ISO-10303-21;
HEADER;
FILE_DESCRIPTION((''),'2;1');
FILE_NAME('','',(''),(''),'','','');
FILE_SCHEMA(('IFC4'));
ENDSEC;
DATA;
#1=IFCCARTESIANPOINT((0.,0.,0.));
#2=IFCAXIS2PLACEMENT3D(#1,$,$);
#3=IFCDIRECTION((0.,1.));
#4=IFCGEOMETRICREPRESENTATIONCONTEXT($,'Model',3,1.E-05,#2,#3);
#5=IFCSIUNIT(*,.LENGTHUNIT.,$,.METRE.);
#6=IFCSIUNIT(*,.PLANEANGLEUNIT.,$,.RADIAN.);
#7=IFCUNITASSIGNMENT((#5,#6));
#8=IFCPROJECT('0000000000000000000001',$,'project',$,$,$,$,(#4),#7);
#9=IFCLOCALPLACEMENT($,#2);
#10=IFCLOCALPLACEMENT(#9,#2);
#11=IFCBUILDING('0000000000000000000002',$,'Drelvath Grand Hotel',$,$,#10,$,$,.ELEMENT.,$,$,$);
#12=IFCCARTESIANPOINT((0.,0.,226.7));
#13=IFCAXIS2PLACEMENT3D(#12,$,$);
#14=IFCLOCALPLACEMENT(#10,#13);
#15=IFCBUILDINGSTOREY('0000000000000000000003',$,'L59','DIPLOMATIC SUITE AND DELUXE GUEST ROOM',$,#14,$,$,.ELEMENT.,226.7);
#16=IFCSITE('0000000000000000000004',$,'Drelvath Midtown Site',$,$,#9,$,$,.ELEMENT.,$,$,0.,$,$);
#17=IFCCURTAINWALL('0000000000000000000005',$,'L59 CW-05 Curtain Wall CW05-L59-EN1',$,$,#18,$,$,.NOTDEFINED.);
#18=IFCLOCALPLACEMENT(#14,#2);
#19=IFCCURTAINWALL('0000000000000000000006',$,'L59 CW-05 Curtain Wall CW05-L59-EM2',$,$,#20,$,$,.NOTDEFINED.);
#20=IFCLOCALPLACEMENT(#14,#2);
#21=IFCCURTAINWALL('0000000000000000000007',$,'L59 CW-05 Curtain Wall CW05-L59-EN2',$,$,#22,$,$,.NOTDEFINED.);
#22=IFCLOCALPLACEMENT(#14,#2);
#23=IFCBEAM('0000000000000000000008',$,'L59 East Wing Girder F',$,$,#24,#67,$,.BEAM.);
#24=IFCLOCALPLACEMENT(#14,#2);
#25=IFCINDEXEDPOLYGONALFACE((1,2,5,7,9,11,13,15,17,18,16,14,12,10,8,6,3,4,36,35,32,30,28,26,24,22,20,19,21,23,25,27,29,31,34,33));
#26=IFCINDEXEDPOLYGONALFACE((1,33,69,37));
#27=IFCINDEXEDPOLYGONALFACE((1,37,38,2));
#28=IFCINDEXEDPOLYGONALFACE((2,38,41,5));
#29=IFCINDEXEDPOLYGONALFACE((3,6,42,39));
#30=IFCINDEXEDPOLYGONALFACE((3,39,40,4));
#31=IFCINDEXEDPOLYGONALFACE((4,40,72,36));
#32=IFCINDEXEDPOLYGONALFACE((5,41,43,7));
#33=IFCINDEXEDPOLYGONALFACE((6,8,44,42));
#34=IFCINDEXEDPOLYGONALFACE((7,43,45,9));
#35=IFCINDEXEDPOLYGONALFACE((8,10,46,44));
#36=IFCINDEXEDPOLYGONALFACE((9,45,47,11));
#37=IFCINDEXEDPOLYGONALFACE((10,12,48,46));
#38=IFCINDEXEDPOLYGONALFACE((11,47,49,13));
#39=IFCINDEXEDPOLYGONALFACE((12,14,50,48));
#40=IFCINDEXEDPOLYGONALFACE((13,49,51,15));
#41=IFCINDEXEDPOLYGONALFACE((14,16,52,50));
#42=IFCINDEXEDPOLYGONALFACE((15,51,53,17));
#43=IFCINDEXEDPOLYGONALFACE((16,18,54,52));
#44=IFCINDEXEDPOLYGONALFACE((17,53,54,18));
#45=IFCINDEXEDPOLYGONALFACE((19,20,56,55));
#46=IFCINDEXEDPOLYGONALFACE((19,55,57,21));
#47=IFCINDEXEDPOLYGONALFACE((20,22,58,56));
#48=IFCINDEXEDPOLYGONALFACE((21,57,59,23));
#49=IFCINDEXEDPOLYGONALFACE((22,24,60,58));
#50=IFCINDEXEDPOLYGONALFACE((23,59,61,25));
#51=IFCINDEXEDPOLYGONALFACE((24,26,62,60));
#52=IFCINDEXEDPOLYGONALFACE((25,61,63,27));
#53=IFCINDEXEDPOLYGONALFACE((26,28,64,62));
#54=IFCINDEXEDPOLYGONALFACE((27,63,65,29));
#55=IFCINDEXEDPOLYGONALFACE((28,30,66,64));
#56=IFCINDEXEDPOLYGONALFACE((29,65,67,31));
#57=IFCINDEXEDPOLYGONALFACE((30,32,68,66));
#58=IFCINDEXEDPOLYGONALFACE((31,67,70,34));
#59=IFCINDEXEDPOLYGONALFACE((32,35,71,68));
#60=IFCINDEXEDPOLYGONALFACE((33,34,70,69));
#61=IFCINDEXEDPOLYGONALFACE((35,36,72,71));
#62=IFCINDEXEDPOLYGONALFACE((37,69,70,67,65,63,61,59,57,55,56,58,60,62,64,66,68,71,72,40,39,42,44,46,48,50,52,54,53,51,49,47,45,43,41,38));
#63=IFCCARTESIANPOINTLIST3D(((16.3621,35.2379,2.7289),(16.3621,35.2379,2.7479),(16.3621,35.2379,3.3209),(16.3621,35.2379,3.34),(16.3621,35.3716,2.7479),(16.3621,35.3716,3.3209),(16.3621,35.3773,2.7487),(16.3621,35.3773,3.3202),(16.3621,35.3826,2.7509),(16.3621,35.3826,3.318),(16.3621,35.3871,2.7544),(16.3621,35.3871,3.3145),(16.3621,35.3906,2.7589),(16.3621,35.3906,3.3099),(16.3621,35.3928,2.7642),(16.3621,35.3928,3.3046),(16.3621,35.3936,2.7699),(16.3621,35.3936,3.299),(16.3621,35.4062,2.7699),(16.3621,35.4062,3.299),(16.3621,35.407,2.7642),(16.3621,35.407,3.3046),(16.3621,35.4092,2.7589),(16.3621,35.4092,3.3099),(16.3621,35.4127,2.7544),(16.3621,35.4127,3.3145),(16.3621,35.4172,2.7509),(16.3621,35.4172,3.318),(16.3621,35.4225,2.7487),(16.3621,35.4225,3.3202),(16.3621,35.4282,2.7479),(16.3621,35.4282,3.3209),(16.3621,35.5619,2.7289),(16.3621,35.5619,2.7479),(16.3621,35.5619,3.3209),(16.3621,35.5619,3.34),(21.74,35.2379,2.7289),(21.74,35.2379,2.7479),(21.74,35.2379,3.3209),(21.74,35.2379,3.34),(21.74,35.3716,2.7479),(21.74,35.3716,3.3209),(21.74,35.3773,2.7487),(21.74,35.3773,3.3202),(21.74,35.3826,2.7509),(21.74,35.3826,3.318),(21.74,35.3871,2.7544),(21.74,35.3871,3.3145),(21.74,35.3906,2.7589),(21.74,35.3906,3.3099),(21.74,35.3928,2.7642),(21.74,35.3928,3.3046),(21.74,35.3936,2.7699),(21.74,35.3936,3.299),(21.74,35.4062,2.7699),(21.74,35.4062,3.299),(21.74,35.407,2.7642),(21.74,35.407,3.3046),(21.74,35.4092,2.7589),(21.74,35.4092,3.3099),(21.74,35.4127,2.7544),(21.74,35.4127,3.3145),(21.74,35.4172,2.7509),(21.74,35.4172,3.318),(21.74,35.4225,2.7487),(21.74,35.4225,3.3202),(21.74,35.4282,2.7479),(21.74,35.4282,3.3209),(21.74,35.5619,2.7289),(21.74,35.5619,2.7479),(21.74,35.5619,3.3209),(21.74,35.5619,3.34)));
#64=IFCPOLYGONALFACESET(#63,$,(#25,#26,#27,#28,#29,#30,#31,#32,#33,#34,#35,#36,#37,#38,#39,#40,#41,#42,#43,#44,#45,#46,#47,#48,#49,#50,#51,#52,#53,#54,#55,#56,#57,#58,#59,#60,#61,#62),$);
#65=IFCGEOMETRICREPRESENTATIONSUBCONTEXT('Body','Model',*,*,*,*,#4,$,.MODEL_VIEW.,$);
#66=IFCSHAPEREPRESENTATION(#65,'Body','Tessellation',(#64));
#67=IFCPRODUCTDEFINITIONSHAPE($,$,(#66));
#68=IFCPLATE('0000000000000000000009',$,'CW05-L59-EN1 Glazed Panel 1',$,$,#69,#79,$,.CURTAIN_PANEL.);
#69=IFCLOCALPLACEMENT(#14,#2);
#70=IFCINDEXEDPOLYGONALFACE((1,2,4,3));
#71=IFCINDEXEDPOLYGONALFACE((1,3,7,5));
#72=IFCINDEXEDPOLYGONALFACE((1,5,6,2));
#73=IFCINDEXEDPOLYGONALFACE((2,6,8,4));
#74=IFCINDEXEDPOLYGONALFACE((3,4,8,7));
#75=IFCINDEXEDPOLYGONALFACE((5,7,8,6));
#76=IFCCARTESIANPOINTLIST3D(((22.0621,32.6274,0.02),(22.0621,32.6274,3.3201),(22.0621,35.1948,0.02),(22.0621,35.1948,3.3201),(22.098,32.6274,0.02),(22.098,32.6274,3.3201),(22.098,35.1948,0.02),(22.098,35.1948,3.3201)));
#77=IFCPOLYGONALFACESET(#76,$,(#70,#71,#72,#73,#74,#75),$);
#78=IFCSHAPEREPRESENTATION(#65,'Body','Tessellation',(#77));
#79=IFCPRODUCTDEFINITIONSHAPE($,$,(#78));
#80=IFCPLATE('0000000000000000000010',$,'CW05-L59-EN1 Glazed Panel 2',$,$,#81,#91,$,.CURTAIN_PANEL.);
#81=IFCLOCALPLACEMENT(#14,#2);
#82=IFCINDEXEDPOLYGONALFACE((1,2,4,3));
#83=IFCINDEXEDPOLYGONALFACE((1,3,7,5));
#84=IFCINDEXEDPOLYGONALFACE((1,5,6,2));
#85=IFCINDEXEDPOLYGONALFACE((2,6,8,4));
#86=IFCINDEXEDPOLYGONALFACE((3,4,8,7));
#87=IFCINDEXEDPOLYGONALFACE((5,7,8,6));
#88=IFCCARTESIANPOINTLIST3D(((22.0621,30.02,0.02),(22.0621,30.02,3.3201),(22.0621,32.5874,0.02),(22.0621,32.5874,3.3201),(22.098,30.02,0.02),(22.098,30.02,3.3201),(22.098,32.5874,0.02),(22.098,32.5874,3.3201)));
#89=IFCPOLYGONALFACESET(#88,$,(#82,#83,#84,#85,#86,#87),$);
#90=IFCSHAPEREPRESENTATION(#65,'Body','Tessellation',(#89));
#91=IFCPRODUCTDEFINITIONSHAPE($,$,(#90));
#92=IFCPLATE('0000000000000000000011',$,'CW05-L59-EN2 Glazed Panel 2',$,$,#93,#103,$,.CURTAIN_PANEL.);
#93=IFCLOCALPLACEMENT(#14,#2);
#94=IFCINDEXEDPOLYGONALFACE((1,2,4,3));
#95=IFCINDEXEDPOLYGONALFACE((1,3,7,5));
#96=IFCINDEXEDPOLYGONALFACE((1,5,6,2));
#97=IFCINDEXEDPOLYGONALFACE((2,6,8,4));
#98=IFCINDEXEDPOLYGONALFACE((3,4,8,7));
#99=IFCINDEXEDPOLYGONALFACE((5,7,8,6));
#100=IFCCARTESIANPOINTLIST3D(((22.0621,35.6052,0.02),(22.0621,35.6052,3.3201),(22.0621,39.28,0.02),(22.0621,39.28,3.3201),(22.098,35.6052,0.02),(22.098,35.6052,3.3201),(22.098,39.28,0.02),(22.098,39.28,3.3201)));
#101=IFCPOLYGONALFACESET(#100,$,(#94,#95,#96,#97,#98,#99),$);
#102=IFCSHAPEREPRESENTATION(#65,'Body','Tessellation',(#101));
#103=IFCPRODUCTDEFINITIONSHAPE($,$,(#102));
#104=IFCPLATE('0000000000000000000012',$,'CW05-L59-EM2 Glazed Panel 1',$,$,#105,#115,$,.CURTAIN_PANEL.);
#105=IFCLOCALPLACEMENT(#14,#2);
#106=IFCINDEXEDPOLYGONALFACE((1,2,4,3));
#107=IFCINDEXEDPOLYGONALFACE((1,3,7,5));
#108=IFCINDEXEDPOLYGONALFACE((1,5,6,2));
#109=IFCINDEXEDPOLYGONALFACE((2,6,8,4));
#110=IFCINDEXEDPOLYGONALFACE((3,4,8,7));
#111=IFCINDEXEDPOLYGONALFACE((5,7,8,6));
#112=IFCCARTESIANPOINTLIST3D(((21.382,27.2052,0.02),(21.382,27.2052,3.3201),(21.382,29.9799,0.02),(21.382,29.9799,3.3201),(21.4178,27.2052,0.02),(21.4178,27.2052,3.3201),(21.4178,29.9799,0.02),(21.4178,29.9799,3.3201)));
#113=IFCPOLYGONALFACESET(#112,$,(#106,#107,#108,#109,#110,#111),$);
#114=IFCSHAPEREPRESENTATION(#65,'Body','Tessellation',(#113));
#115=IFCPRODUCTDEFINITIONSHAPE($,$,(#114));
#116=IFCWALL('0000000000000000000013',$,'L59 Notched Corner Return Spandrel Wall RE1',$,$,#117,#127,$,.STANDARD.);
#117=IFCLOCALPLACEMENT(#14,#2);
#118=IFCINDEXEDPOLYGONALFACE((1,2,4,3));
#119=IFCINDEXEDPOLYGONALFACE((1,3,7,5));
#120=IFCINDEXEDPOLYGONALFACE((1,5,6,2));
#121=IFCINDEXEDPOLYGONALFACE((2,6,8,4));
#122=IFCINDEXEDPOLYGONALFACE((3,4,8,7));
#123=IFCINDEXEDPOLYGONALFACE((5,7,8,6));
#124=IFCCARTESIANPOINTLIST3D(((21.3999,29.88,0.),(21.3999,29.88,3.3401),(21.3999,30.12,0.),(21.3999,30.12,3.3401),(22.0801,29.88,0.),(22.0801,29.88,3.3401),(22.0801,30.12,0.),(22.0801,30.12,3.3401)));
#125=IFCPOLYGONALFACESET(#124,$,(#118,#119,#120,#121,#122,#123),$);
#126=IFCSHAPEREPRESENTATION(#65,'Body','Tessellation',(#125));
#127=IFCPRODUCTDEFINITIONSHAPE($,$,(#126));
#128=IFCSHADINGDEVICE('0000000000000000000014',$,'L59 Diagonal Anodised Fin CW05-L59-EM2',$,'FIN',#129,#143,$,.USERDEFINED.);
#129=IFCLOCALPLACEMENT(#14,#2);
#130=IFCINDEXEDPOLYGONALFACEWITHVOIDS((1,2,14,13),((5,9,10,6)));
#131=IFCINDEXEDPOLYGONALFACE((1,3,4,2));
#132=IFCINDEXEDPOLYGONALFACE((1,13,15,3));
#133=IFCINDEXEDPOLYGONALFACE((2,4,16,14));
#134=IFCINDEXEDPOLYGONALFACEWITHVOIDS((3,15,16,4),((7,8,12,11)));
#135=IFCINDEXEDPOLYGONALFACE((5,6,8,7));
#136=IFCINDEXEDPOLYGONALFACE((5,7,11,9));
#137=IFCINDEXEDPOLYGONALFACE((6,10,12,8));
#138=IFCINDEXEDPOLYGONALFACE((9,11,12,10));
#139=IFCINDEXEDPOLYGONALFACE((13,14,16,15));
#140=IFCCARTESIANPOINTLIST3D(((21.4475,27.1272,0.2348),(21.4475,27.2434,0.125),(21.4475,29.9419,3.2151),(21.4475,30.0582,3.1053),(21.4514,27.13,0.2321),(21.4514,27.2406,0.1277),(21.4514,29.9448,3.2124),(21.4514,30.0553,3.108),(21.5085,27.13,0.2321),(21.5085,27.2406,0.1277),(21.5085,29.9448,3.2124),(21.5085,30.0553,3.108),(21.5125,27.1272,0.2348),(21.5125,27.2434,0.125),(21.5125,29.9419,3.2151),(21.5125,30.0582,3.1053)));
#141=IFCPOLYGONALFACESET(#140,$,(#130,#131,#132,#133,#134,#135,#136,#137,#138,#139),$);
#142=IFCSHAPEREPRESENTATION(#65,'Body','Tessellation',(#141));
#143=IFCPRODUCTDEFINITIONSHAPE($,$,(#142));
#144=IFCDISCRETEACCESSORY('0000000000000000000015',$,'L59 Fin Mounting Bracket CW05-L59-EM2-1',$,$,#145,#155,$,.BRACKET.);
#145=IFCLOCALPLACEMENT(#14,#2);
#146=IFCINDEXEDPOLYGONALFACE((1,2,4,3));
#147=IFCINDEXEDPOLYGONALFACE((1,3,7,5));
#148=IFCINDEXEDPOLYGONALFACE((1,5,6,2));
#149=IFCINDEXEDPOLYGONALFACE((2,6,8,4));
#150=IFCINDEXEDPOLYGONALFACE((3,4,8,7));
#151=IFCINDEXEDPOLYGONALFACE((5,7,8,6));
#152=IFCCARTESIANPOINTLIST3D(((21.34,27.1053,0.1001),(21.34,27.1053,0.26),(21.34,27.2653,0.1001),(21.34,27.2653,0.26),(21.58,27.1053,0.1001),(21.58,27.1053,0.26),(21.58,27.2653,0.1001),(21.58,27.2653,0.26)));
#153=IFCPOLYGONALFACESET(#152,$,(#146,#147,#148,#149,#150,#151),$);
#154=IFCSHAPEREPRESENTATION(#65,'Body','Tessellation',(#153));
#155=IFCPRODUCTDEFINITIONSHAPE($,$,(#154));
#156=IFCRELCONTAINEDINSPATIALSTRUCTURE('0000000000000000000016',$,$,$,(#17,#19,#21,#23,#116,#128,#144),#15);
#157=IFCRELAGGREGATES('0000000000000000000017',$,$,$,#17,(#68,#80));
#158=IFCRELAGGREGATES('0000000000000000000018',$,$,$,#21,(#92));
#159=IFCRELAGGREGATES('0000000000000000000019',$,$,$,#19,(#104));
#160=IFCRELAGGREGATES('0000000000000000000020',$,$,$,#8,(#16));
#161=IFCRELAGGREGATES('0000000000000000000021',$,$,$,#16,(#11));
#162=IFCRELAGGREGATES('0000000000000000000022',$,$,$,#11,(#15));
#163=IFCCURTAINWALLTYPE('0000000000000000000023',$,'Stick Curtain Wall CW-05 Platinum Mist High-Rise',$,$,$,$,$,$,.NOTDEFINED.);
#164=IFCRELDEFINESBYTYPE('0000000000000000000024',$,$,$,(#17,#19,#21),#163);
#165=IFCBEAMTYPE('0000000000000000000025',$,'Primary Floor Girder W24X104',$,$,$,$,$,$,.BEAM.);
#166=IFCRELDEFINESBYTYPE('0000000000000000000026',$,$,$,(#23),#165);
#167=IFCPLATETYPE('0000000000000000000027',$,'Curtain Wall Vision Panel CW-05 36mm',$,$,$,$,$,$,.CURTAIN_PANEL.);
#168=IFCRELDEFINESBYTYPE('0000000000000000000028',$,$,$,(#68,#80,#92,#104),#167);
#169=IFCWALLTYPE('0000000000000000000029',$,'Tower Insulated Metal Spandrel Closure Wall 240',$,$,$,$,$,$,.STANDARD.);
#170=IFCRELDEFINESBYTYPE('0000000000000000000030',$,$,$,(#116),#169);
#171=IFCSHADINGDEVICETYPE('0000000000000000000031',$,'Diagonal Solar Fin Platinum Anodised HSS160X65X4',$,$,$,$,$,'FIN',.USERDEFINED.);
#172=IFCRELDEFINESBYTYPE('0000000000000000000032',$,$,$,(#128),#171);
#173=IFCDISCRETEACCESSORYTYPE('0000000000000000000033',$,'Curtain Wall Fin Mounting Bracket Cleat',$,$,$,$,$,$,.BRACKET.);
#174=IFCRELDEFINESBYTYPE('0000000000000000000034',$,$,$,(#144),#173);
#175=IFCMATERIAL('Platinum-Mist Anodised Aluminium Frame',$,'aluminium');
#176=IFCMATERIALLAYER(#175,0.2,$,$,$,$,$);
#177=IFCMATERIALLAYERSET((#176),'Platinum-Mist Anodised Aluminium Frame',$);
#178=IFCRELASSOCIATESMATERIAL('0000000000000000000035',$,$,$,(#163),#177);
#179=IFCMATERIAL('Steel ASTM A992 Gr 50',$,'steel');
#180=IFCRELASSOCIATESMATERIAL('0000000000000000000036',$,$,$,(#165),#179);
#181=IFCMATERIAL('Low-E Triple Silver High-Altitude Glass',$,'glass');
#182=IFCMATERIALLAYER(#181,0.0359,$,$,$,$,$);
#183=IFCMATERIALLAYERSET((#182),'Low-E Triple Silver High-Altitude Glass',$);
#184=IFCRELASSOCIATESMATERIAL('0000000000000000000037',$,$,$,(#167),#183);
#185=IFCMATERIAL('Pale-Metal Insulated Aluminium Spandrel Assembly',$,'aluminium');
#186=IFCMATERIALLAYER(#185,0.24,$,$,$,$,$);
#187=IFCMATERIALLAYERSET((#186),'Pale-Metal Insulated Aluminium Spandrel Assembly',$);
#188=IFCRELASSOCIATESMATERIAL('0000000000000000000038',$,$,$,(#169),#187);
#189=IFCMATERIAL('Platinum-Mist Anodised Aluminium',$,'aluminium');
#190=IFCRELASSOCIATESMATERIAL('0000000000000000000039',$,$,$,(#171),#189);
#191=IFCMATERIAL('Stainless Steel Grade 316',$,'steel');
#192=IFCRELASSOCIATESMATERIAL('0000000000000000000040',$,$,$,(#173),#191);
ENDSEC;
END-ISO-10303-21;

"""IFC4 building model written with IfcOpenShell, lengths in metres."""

from ifc_helpers import new_model, si_unit, direction, frame, frame_2d, origin, origin_2d, place, context, subcontext, project, spatial, rectangle, hollow_rectangle, i_section, extrude, material, layer, layer_set, material_profile, profile_set, type_object, element, aggregate, save


model = new_model("IFC4")

# Units and contexts
model_context = context("Model", 3, precision=1e-05, world=origin(), true_north=direction((0.0, 1.0)))
body_context = subcontext(model_context, "Body", "Model", "MODEL_VIEW")
ifc_project = project(units=[si_unit("LENGTHUNIT", "METRE"), si_unit("PLANEANGLEUNIT", "RADIAN")], contexts=[model_context])

# Site, building, storey
site_placement = place(None, origin())
site = spatial("IfcSite", under=ifc_project, at=site_placement, Name="Drelvath Midtown Site", CompositionType="ELEMENT", RefElevation=0.0)
building_placement = place(site_placement, origin())
building = spatial("IfcBuilding", under=site, at=building_placement, Name="Drelvath Grand Hotel", CompositionType="ELEMENT")
storey_placement = place(building_placement, frame((0.0, 0.0, 226.7)))
storey = spatial("IfcBuildingStorey", under=building, at=storey_placement, Name="L59", Description="DIPLOMATIC SUITE AND DELUXE GUEST ROOM", CompositionType="ELEMENT", Elevation=226.7)

# Curtain walls
ifc_material_1 = material(Name="Platinum-Mist Anodised Aluminium Frame", Category="aluminium")
ifc_layer_1 = layer(ifc_material_1, 0.2)
ifc_layer_set_1 = layer_set([ifc_layer_1], Name="Platinum-Mist Anodised Aluminium Frame")
curtain_wall_type = type_object("IfcCurtainWallType", Name="Stick Curtain Wall CW-05 Platinum Mist High-Rise", PredefinedType="NOTDEFINED", material=ifc_layer_set_1)
curtain_wall_1_placement = place(storey_placement, origin())
curtain_wall_1 = element("IfcCurtainWall", 1, at=curtain_wall_1_placement, inside=storey, type_object=curtain_wall_type, Name="L59 CW-05 Curtain Wall CW05-L59-EN1", PredefinedType="NOTDEFINED")
curtain_wall_2_placement = place(storey_placement, origin())
curtain_wall_2 = element("IfcCurtainWall", 2, at=curtain_wall_2_placement, inside=storey, type_object=curtain_wall_type, Name="L59 CW-05 Curtain Wall CW05-L59-EM2", PredefinedType="NOTDEFINED")

# Curtain wall
curtain_wall_3_placement = place(storey_placement, origin())
curtain_wall_3 = element("IfcCurtainWall", 3, at=curtain_wall_3_placement, inside=storey, type_object=curtain_wall_type, Name="L59 CW-05 Curtain Wall CW05-L59-EN2", PredefinedType="NOTDEFINED")

# Beam
ifc_material_2 = material(Name="Steel ASTM A992 Gr 50", Category="steel")
ifc_material_profile_1 = material_profile(ifc_material_2, i_section(OverallWidth=0.324, OverallDepth=0.6111, WebThickness=0.0127, FlangeThickness=0.019, FilletRadius=0.022, at=origin_2d()), Name="W24X104")
ifc_profile_set_1 = profile_set([ifc_material_profile_1], Name="Steel ASTM A992 Gr 50")
beam_type_1 = type_object("IfcBeamType", Name="Primary Floor Girder W24X104", PredefinedType="BEAM", material=ifc_profile_set_1)
beam_1_placement = place(storey_placement, frame((16.3621, 35.3999, 3.0344), z_axis=(1.0, 0.0, 0.0), x_axis=(0.0, 1.0, 0.0)))
element("IfcBeam", 4, at=beam_1_placement, inside=storey, type_object=beam_type_1, Name="L59 East Wing Girder F", PredefinedType="BEAM", context=body_context, shape_type="SweptSolid", body=[
    extrude(i_section(OverallWidth=0.324, OverallDepth=0.6111, WebThickness=0.0127, FlangeThickness=0.019, FilletRadius=0.022, at=origin_2d()), origin(), (0.0, 0.0, 1.0), 5.3779),
])

# Plates
ifc_material_3 = material(Name="Low-E Triple Silver High-Altitude Glass", Category="glass")
ifc_layer_2 = layer(ifc_material_3, 0.0359)
ifc_layer_set_2 = layer_set([ifc_layer_2], Name="Low-E Triple Silver High-Altitude Glass")
plate_type = type_object("IfcPlateType", Name="Curtain Wall Vision Panel CW-05 36mm", PredefinedType="CURTAIN_PANEL", material=ifc_layer_set_2)
plate_1_placement = place(storey_placement, frame((22.0801, 33.9111, 0.02), z_axis=(0.0, 0.0, 1.0), x_axis=(0.0, -1.0, 0.0)))
plate_1 = element("IfcPlate", 5, at=plate_1_placement, type_object=plate_type, Name="CW05-L59-EN1 Glazed Panel 1", PredefinedType="CURTAIN_PANEL", context=body_context, shape_type="SweptSolid", body=[
    extrude(rectangle(XDim=2.5674, YDim=0.0359, at=origin_2d()), origin(), (0.0, 0.0, 1.0), 3.3),
])
plate_2_placement = place(storey_placement, frame((22.0801, 31.3037, 0.02), z_axis=(0.0, 0.0, 1.0), x_axis=(0.0, -1.0, 0.0)))
plate_2 = element("IfcPlate", 6, at=plate_2_placement, type_object=plate_type, Name="CW05-L59-EN1 Glazed Panel 2", PredefinedType="CURTAIN_PANEL", context=body_context, shape_type="SweptSolid", body=[
    extrude(rectangle(XDim=2.5674, YDim=0.0359, at=origin_2d()), origin(), (0.0, 0.0, 1.0), 3.3),
])
aggregate(curtain_wall_1, [plate_1, plate_2])
plate_3_placement = place(storey_placement, frame((22.0801, 37.4426, 0.02), z_axis=(0.0, 0.0, 1.0), x_axis=(0.0, -1.0, 0.0)))
plate_3 = element("IfcPlate", 7, at=plate_3_placement, type_object=plate_type, Name="CW05-L59-EN2 Glazed Panel 2", PredefinedType="CURTAIN_PANEL", context=body_context, shape_type="SweptSolid", body=[
    extrude(rectangle(XDim=3.6748, YDim=0.0359, at=origin_2d()), origin(), (0.0, 0.0, 1.0), 3.3),
])
aggregate(curtain_wall_3, [plate_3])
plate_4_placement = place(storey_placement, frame((21.3999, 28.5925, 0.02), z_axis=(0.0, 0.0, 1.0), x_axis=(0.0, -1.0, 0.0)))
plate_4 = element("IfcPlate", 8, at=plate_4_placement, type_object=plate_type, Name="CW05-L59-EM2 Glazed Panel 1", PredefinedType="CURTAIN_PANEL", context=body_context, shape_type="SweptSolid", body=[
    extrude(rectangle(XDim=2.7747, YDim=0.0359, at=origin_2d()), origin(), (0.0, 0.0, 1.0), 3.3),
])
aggregate(curtain_wall_2, [plate_4])

# Wall
ifc_material_4 = material(Name="Pale-Metal Insulated Aluminium Spandrel Assembly", Category="aluminium")
ifc_layer_3 = layer(ifc_material_4, 0.24)
ifc_layer_set_3 = layer_set([ifc_layer_3], Name="Pale-Metal Insulated Aluminium Spandrel Assembly")
wall_type = type_object("IfcWallType", Name="Tower Insulated Metal Spandrel Closure Wall 240", PredefinedType="STANDARD", material=ifc_layer_set_3)
wall_placement = place(storey_placement, frame((22.0801, 30.0, 0.0), z_axis=(0.0, 0.0, 1.0), x_axis=(-1.0, 0.0, 0.0)))
element("IfcWall", 9, at=wall_placement, inside=storey, type_object=wall_type, Name="L59 Notched Corner Return Spandrel Wall RE1", PredefinedType="STANDARD", context=body_context, shape_type="SweptSolid", body=[
    extrude(rectangle(XDim=0.6802, YDim=0.24, at=frame_2d((0.3401, 0.0))), origin(), (0.0, 0.0, 1.0), 3.3401),
])

# Shading device
ifc_material_5 = material(Name="Platinum-Mist Anodised Aluminium", Category="aluminium")
ifc_material_profile_2 = material_profile(ifc_material_5, hollow_rectangle(XDim=0.0649, YDim=0.1599, WallThickness=0.0039, at=origin_2d()), Name="HSS160X65X4")
ifc_profile_set_2 = profile_set([ifc_material_profile_2], Name="Platinum-Mist Anodised Aluminium")
shading_device_type = type_object("IfcShadingDeviceType", Name="Diagonal Solar Fin Platinum Anodised HSS160X65X4", ElementType="FIN", PredefinedType="USERDEFINED", material=ifc_profile_set_2)
shading_device_placement = place(storey_placement, frame((21.48, 27.1853, 0.1799), z_axis=(0.0, 0.686629, 0.727008), x_axis=(-1.0, 0.0, 0.0)))
element("IfcShadingDevice", 10, at=shading_device_placement, inside=storey, type_object=shading_device_type, Name="L59 Diagonal Anodised Fin CW05-L59-EM2", ObjectType="FIN", PredefinedType="USERDEFINED", context=body_context, shape_type="SweptSolid", body=[
    extrude(hollow_rectangle(XDim=0.0649, YDim=0.1599, WallThickness=0.0039, at=origin_2d()), origin(), (0.0, 0.0, 1.0), 4.0994),
])

# Discrete accessory
ifc_material_6 = material(Name="Stainless Steel Grade 316", Category="steel")
discrete_accessory_type = type_object("IfcDiscreteAccessoryType", Name="Curtain Wall Fin Mounting Bracket Cleat", PredefinedType="BRACKET", material=ifc_material_6)
discrete_accessory_placement = place(storey_placement, frame((21.46, 27.1853, 0.1001), z_axis=(0.0, 0.0, 1.0), x_axis=(0.0, -1.0, 0.0)))
element("IfcDiscreteAccessory", 11, at=discrete_accessory_placement, inside=storey, type_object=discrete_accessory_type, Name="L59 Fin Mounting Bracket CW05-L59-EM2-1", PredefinedType="BRACKET", context=body_context, shape_type="SweptSolid", body=[
    extrude(rectangle(XDim=0.1599, YDim=0.24, at=origin_2d()), origin(), (0.0, 0.0, 1.0), 0.1599),
])

save(model, "model.ifc")
